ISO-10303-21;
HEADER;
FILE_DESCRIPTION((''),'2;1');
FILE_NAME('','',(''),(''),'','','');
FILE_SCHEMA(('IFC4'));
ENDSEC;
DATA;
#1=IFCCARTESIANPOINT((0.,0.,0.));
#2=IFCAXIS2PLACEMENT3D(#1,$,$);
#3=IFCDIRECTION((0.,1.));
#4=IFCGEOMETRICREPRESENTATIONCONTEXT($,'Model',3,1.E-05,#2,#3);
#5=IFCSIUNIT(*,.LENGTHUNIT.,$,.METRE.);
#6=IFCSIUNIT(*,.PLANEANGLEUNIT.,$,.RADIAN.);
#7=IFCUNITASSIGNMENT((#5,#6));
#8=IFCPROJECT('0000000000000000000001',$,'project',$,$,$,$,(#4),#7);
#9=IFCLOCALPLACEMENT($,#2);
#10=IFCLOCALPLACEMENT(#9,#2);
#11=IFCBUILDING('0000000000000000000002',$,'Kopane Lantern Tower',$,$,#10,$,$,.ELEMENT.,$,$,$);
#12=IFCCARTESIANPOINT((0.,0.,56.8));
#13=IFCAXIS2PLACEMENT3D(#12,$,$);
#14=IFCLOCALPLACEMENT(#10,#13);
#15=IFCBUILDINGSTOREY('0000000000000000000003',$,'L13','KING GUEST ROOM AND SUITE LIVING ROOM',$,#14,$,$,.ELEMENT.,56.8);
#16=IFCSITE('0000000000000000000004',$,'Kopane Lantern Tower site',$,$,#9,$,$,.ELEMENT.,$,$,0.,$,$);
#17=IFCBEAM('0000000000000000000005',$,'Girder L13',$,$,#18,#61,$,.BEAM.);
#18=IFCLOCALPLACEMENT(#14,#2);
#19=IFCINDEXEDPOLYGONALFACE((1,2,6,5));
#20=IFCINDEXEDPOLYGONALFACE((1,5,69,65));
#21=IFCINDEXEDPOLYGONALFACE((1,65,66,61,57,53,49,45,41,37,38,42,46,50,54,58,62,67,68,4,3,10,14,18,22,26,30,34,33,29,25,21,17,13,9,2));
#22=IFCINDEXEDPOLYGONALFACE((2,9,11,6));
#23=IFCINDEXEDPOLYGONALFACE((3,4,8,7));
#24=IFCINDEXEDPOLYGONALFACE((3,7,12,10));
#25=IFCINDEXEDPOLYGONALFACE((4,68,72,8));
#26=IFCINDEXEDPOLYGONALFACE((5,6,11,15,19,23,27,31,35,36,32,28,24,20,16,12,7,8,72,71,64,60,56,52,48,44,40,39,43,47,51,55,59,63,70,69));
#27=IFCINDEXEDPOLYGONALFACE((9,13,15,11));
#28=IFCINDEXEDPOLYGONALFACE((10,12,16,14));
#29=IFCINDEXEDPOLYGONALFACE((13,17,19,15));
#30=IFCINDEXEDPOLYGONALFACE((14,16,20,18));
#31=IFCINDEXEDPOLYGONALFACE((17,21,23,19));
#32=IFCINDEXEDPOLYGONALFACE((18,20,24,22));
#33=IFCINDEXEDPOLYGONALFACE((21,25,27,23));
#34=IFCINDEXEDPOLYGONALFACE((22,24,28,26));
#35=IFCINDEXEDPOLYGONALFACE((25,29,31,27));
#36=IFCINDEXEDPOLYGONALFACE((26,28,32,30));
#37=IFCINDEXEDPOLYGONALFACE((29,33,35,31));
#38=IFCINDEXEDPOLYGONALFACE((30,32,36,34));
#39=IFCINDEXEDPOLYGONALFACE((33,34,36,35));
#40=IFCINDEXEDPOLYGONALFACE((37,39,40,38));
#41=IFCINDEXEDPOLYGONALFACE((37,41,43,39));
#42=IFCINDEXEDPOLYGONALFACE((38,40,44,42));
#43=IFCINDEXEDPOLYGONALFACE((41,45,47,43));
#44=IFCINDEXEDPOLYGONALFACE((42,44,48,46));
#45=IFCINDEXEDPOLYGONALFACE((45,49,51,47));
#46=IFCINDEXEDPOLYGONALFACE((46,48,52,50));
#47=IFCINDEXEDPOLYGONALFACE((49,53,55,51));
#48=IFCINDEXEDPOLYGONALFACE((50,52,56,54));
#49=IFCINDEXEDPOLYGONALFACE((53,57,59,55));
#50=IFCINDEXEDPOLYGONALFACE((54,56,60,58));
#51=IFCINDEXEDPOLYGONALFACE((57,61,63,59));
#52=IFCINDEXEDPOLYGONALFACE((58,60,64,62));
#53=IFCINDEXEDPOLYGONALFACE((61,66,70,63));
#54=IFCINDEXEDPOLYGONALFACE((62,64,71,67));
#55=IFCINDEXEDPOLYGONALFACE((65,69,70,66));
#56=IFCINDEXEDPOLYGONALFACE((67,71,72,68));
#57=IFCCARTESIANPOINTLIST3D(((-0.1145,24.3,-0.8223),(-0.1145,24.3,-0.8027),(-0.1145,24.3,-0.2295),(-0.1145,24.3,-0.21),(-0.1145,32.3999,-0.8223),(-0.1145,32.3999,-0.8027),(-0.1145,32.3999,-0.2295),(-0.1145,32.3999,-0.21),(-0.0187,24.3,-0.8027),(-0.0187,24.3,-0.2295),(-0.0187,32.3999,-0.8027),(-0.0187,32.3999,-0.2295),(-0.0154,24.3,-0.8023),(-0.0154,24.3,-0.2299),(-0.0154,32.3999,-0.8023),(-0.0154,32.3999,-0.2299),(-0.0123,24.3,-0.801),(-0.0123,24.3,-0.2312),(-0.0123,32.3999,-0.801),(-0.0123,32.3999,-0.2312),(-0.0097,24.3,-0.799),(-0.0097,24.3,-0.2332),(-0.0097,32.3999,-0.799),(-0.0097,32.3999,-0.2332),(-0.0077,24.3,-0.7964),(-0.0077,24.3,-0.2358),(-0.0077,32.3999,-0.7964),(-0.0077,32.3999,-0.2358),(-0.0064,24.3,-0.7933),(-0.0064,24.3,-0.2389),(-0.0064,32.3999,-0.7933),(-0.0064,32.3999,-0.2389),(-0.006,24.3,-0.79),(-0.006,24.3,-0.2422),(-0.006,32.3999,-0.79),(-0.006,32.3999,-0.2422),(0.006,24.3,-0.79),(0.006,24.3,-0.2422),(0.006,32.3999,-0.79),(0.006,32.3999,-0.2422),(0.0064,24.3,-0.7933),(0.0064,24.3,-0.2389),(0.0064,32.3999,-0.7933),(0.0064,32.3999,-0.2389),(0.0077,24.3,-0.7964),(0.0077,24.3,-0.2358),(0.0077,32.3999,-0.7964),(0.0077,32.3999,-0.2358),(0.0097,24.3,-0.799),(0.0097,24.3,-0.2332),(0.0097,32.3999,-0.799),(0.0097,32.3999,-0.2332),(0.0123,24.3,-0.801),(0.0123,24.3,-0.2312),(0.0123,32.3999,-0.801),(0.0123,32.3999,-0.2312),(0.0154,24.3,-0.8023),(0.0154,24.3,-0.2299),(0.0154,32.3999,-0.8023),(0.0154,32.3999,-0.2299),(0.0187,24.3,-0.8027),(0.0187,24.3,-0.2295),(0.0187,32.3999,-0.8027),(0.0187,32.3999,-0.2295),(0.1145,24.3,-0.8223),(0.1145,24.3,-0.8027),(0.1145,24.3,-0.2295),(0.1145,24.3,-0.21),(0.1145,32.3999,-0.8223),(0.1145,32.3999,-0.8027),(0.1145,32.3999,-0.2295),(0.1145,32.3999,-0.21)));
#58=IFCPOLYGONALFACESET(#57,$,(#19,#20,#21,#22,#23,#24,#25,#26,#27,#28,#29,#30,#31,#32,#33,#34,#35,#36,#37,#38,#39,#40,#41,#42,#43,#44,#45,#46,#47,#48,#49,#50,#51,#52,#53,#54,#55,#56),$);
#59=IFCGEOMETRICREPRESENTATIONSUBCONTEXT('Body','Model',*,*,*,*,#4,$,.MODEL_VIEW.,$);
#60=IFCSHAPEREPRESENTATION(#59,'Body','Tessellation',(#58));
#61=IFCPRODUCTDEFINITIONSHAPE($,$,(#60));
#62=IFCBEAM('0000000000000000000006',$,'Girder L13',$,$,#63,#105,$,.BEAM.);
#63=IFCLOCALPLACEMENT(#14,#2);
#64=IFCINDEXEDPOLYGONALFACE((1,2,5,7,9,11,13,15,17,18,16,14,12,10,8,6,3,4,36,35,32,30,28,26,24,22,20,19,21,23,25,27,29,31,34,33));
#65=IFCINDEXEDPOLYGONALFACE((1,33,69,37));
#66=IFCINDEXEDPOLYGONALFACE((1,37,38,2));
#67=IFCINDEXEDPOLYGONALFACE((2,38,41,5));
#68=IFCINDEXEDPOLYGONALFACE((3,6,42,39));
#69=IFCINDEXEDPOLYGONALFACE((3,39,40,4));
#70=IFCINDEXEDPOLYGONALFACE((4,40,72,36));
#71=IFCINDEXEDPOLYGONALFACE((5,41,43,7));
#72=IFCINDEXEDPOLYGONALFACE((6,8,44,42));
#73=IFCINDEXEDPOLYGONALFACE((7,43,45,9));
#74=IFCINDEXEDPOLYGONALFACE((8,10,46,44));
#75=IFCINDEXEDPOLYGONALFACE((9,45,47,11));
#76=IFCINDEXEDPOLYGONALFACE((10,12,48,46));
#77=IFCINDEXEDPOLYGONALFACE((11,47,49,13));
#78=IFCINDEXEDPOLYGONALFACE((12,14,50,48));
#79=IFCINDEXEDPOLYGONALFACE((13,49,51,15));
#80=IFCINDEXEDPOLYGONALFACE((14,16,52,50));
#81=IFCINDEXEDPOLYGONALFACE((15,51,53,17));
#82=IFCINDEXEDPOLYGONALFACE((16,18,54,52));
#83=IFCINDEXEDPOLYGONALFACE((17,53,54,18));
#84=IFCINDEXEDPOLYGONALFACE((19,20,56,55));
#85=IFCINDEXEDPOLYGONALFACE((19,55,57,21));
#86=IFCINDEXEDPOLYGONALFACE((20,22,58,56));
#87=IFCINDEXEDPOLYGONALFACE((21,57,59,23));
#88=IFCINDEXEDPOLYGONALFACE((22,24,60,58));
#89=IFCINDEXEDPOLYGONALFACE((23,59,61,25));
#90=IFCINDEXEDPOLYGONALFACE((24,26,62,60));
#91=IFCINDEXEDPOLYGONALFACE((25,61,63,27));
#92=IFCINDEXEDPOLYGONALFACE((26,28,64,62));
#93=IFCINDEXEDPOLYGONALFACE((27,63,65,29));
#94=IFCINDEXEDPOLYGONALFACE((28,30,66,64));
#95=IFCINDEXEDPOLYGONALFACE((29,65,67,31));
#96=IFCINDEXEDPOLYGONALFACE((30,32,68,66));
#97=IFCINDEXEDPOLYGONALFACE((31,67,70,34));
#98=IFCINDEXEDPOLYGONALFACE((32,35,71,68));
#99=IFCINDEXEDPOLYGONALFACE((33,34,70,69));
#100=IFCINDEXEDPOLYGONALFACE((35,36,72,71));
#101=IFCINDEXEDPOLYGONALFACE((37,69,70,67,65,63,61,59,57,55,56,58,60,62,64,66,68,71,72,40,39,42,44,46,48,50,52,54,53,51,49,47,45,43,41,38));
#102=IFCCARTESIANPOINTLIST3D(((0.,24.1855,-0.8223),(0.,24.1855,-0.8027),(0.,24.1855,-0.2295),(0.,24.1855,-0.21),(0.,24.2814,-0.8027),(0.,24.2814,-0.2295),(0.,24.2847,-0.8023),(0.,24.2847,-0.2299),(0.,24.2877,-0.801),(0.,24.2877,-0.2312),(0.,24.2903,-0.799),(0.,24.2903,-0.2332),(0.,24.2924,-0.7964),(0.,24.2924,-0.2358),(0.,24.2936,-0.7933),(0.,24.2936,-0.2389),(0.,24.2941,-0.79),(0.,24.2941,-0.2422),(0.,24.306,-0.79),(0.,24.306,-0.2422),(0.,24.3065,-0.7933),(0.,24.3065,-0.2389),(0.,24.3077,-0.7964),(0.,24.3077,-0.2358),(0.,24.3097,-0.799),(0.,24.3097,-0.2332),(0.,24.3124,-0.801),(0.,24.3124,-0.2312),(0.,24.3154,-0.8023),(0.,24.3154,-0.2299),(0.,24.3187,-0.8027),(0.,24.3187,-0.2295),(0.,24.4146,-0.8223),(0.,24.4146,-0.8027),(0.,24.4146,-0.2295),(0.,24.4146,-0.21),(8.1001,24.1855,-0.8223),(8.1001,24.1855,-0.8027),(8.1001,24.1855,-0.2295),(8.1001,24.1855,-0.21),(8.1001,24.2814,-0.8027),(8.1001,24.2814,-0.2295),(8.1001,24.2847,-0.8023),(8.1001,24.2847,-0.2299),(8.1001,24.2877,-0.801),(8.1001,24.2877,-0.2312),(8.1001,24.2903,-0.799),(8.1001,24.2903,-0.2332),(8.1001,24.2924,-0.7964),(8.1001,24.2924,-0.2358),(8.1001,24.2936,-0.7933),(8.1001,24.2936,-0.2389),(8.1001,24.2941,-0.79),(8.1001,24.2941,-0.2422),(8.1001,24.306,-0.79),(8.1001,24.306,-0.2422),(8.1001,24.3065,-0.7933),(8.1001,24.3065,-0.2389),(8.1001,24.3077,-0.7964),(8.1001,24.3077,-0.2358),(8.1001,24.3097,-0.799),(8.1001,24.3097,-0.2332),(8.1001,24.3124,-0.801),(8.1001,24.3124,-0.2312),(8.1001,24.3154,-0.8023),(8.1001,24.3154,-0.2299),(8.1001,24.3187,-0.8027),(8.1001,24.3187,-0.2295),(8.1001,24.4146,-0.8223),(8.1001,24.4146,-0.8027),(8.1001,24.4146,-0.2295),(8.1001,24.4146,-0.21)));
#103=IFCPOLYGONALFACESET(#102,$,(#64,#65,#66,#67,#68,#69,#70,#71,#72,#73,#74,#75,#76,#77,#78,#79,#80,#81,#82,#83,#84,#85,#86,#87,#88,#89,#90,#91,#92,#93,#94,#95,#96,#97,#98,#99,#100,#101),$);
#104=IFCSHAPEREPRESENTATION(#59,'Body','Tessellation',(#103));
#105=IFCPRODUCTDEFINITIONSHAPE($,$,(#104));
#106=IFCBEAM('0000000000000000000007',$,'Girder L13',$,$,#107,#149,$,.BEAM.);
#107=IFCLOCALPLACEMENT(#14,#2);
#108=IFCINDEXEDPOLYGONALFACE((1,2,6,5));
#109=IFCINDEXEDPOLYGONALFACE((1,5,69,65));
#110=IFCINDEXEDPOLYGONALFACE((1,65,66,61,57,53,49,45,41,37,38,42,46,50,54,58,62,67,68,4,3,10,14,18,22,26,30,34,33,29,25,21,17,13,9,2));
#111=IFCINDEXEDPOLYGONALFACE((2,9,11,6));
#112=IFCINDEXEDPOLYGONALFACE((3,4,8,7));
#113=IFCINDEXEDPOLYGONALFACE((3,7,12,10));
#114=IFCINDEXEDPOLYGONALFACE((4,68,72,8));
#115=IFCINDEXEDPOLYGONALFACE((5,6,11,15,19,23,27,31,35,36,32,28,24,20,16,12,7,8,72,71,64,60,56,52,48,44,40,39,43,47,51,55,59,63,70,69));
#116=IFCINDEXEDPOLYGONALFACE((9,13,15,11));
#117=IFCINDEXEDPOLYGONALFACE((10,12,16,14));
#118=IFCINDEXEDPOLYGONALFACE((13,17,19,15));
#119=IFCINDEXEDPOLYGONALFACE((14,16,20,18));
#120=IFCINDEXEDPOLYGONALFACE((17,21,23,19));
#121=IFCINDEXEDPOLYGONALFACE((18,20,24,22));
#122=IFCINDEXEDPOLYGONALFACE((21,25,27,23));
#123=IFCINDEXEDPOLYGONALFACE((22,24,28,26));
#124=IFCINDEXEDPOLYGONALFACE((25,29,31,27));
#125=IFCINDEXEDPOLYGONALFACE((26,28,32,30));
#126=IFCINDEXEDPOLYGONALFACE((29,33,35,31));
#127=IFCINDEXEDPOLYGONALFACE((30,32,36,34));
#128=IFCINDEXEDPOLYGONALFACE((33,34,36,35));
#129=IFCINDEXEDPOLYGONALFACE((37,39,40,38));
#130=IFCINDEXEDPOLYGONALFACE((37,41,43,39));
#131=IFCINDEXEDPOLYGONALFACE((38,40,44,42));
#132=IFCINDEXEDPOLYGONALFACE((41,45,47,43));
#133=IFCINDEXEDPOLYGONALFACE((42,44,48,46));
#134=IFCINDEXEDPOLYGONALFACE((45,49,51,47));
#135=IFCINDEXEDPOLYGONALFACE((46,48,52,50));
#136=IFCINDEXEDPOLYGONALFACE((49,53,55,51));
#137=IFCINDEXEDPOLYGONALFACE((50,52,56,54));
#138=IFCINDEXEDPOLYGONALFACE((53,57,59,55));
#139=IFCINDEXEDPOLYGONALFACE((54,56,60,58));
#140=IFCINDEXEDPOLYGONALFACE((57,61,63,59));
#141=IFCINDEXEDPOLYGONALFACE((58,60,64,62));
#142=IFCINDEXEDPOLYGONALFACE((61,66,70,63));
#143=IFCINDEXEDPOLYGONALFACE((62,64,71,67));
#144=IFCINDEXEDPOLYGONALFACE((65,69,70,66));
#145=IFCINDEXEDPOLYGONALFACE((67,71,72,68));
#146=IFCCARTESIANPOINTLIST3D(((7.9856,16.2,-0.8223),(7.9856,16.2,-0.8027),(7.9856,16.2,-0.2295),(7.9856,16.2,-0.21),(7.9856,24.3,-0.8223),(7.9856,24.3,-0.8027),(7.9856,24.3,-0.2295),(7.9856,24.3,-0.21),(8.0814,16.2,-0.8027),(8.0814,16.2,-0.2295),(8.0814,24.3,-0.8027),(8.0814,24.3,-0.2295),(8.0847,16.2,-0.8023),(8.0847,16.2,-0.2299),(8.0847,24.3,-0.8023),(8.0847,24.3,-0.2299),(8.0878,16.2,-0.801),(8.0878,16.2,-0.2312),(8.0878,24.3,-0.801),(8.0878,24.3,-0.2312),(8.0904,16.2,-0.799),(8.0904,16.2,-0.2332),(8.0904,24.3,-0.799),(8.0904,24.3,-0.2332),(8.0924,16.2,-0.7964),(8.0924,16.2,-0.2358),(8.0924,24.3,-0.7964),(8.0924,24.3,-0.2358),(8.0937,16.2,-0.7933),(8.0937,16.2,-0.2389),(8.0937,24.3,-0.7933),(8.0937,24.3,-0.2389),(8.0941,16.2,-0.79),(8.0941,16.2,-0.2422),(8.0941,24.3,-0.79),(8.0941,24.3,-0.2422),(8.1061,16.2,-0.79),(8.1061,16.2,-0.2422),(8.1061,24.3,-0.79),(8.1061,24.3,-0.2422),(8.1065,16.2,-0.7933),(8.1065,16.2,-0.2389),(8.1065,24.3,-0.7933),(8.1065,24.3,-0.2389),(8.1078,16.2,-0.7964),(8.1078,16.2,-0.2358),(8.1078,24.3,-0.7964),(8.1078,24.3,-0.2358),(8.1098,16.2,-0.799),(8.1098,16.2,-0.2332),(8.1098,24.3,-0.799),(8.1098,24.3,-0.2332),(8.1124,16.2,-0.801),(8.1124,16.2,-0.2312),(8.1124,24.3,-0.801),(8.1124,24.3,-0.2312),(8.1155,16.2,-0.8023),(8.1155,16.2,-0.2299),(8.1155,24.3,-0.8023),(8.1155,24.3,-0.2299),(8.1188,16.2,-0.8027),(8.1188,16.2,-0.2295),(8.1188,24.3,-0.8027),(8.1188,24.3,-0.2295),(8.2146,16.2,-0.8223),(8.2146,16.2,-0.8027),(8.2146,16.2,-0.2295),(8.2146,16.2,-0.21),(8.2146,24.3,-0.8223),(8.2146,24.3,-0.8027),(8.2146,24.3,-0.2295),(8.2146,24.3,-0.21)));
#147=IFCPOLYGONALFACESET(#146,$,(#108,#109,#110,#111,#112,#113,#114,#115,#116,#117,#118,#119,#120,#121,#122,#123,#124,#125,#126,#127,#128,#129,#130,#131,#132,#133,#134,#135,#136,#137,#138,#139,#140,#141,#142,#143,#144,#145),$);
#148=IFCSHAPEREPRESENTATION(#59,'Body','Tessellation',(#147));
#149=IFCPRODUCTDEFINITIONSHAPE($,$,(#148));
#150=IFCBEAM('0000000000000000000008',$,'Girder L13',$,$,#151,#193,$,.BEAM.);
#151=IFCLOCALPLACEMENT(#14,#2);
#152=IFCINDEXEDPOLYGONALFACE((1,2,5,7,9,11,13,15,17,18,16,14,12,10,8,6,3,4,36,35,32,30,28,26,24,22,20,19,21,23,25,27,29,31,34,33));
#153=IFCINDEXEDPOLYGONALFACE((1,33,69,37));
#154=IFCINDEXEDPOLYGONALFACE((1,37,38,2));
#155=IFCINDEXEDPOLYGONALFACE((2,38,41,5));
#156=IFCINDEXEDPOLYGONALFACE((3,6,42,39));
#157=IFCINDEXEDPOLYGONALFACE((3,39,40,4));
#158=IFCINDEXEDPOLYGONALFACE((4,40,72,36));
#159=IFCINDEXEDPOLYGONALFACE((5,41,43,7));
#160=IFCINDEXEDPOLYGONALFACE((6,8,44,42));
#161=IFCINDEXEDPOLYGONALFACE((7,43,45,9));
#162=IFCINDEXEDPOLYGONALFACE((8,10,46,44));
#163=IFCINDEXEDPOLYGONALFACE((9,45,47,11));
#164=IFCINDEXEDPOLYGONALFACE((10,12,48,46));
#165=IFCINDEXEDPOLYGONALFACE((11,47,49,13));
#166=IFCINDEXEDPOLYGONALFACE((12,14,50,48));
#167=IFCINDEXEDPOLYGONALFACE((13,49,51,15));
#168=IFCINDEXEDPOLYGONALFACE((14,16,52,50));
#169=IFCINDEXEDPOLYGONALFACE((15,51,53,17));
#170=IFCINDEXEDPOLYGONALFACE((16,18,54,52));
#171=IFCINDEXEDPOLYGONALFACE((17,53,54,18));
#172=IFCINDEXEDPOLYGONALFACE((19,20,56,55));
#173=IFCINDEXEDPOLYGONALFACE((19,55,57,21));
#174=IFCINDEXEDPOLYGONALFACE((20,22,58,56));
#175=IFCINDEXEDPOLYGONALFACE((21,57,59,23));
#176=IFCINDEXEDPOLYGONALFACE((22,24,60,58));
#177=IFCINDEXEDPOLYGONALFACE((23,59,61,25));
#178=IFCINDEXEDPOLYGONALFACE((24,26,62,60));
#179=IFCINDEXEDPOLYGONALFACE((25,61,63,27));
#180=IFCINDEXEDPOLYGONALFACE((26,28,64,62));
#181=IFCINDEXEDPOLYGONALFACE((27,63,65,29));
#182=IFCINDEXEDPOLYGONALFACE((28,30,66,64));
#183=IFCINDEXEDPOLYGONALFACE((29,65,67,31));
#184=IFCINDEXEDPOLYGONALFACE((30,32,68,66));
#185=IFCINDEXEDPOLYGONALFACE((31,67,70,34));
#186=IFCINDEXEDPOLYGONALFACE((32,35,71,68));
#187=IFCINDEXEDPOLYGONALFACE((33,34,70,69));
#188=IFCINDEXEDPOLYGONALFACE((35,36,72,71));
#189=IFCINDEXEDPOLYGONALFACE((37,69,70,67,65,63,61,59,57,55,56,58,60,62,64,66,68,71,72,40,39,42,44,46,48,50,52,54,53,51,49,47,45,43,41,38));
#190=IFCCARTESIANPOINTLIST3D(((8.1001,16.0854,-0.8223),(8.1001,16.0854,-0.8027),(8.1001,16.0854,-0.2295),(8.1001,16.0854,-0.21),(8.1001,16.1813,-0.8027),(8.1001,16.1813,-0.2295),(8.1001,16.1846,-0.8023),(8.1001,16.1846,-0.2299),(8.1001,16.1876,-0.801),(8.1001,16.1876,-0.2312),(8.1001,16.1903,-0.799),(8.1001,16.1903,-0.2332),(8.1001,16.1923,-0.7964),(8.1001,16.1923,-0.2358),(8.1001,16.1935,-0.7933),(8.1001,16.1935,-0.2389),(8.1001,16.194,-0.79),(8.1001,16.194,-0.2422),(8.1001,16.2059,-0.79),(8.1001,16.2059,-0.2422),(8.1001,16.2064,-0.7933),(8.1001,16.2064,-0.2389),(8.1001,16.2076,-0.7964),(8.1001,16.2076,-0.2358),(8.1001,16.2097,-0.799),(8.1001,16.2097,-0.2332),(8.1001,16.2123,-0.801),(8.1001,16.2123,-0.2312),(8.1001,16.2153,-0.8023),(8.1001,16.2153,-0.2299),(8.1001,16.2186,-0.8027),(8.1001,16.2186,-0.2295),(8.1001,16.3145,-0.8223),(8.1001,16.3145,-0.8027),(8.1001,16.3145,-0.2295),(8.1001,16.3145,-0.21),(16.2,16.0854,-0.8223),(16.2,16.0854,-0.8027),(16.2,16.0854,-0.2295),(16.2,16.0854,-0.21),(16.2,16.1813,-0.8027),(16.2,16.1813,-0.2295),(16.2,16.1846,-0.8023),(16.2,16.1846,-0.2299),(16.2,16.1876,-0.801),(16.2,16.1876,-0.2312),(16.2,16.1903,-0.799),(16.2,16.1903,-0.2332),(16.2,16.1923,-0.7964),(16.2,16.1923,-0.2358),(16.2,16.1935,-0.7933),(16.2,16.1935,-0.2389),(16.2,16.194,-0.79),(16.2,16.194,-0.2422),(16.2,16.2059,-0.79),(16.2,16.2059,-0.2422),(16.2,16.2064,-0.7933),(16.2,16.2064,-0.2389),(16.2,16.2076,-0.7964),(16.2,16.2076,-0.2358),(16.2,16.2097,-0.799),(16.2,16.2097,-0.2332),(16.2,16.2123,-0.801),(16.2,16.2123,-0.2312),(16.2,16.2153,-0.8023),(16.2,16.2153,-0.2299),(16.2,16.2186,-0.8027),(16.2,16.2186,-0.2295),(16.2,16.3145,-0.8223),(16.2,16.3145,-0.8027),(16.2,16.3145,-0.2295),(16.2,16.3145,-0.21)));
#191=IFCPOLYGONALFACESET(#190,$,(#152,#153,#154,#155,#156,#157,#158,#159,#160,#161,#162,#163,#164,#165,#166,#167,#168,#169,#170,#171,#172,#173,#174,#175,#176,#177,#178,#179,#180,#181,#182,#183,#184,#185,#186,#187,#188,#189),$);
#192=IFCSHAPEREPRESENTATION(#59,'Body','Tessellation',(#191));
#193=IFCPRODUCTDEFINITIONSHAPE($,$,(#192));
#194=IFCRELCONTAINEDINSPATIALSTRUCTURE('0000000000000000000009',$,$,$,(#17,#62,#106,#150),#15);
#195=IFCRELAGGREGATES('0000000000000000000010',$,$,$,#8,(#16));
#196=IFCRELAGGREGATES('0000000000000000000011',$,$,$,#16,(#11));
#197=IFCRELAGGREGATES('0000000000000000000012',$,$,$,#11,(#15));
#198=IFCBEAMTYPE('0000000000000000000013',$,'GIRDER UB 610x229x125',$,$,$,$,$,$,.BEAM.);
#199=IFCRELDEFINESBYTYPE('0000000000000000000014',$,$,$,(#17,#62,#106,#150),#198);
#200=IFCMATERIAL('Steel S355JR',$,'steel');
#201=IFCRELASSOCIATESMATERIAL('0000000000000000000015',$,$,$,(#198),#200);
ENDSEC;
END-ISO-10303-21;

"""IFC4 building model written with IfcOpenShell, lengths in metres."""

from ifc_helpers import new_model, si_unit, direction, frame, origin, origin_2d, place, context, subcontext, project, spatial, i_section, extrude, material, material_profile, profile_set, type_object, element, save


model = new_model("IFC4")

# Units and contexts
model_context = context("Model", 3, precision=1e-05, world=origin(), true_north=direction((0.0, 1.0)))
body_context = subcontext(model_context, "Body", "Model", "MODEL_VIEW")
ifc_project = project(units=[si_unit("LENGTHUNIT", "METRE"), si_unit("PLANEANGLEUNIT", "RADIAN")], contexts=[model_context])

# Site, building, storey
site_placement = place(None, origin())
site = spatial("IfcSite", under=ifc_project, at=site_placement, Name="Kopane Lantern Tower site", CompositionType="ELEMENT", RefElevation=0.0)
building_placement = place(site_placement, origin())
building = spatial("IfcBuilding", under=site, at=building_placement, Name="Kopane Lantern Tower", CompositionType="ELEMENT")
storey_placement = place(building_placement, frame((0.0, 0.0, 56.8)))
storey = spatial("IfcBuildingStorey", under=building, at=storey_placement, Name="L13", Description="KING GUEST ROOM AND SUITE LIVING ROOM", CompositionType="ELEMENT", Elevation=56.8)

# Beams
ifc_material_1 = material(Name="Steel S355JR", Category="steel")
ifc_material_profile_1 = material_profile(ifc_material_1, i_section(OverallWidth=0.229, OverallDepth=0.6123, WebThickness=0.012, FlangeThickness=0.0195, FilletRadius=0.0127, at=origin_2d()), Name="UB 610x229x125")
ifc_profile_set_1 = profile_set([ifc_material_profile_1], Name="Steel S355JR")
beam_type = type_object("IfcBeamType", Name="GIRDER UB 610x229x125", PredefinedType="BEAM", material=ifc_profile_set_1)
beam_placement = place(storey_placement, frame((0.0, 24.3, -0.5161), z_axis=(0.0, 1.0, 0.0), x_axis=(-1.0, 0.0, 0.0)))
element("IfcBeam", 1, at=beam_placement, inside=storey, type_object=beam_type, Name="Girder L13", PredefinedType="BEAM", context=body_context, shape_type="SweptSolid", body=[
    extrude(i_section(OverallWidth=0.229, OverallDepth=0.6123, WebThickness=0.012, FlangeThickness=0.0195, FilletRadius=0.0127, at=origin_2d()), origin(), (0.0, 0.0, 1.0), 8.0999),
])
for number, where, z_axis, x_axis, name in (
    (2, (0.0, 24.3, -0.5161), (1.0, 0.0, 0.0), (0.0, 1.0, 0.0), "Girder L13"),
    (3, (8.1001, 16.2, -0.5161), (0.0, 1.0, 0.0), (-1.0, 0.0, 0.0), "Girder L13"),
):
    element("IfcBeam", number, at=place(storey_placement, frame(where, z_axis=z_axis, x_axis=x_axis)), inside=storey, type_object=beam_type, Name=name, PredefinedType="BEAM", context=body_context, shape_type="SweptSolid", body=[
        extrude(i_section(OverallWidth=0.229, OverallDepth=0.6123, WebThickness=0.012, FlangeThickness=0.0195, FilletRadius=0.0127, at=origin_2d()), origin(), (0.0, 0.0, 1.0), 8.1001),
    ])
for number, where, z_axis, x_axis, name in (
    (4, (8.1001, 16.2, -0.5161), (1.0, 0.0, 0.0), (0.0, 1.0, 0.0), "Girder L13"),
):
    element("IfcBeam", number, at=place(storey_placement, frame(where, z_axis=z_axis, x_axis=x_axis)), inside=storey, type_object=beam_type, Name=name, PredefinedType="BEAM", context=body_context, shape_type="SweptSolid", body=[
        extrude(i_section(OverallWidth=0.229, OverallDepth=0.6123, WebThickness=0.012, FlangeThickness=0.0195, FilletRadius=0.0127, at=origin_2d()), origin(), (0.0, 0.0, 1.0), 8.0999),
    ])

save(model, "model.ifc")
